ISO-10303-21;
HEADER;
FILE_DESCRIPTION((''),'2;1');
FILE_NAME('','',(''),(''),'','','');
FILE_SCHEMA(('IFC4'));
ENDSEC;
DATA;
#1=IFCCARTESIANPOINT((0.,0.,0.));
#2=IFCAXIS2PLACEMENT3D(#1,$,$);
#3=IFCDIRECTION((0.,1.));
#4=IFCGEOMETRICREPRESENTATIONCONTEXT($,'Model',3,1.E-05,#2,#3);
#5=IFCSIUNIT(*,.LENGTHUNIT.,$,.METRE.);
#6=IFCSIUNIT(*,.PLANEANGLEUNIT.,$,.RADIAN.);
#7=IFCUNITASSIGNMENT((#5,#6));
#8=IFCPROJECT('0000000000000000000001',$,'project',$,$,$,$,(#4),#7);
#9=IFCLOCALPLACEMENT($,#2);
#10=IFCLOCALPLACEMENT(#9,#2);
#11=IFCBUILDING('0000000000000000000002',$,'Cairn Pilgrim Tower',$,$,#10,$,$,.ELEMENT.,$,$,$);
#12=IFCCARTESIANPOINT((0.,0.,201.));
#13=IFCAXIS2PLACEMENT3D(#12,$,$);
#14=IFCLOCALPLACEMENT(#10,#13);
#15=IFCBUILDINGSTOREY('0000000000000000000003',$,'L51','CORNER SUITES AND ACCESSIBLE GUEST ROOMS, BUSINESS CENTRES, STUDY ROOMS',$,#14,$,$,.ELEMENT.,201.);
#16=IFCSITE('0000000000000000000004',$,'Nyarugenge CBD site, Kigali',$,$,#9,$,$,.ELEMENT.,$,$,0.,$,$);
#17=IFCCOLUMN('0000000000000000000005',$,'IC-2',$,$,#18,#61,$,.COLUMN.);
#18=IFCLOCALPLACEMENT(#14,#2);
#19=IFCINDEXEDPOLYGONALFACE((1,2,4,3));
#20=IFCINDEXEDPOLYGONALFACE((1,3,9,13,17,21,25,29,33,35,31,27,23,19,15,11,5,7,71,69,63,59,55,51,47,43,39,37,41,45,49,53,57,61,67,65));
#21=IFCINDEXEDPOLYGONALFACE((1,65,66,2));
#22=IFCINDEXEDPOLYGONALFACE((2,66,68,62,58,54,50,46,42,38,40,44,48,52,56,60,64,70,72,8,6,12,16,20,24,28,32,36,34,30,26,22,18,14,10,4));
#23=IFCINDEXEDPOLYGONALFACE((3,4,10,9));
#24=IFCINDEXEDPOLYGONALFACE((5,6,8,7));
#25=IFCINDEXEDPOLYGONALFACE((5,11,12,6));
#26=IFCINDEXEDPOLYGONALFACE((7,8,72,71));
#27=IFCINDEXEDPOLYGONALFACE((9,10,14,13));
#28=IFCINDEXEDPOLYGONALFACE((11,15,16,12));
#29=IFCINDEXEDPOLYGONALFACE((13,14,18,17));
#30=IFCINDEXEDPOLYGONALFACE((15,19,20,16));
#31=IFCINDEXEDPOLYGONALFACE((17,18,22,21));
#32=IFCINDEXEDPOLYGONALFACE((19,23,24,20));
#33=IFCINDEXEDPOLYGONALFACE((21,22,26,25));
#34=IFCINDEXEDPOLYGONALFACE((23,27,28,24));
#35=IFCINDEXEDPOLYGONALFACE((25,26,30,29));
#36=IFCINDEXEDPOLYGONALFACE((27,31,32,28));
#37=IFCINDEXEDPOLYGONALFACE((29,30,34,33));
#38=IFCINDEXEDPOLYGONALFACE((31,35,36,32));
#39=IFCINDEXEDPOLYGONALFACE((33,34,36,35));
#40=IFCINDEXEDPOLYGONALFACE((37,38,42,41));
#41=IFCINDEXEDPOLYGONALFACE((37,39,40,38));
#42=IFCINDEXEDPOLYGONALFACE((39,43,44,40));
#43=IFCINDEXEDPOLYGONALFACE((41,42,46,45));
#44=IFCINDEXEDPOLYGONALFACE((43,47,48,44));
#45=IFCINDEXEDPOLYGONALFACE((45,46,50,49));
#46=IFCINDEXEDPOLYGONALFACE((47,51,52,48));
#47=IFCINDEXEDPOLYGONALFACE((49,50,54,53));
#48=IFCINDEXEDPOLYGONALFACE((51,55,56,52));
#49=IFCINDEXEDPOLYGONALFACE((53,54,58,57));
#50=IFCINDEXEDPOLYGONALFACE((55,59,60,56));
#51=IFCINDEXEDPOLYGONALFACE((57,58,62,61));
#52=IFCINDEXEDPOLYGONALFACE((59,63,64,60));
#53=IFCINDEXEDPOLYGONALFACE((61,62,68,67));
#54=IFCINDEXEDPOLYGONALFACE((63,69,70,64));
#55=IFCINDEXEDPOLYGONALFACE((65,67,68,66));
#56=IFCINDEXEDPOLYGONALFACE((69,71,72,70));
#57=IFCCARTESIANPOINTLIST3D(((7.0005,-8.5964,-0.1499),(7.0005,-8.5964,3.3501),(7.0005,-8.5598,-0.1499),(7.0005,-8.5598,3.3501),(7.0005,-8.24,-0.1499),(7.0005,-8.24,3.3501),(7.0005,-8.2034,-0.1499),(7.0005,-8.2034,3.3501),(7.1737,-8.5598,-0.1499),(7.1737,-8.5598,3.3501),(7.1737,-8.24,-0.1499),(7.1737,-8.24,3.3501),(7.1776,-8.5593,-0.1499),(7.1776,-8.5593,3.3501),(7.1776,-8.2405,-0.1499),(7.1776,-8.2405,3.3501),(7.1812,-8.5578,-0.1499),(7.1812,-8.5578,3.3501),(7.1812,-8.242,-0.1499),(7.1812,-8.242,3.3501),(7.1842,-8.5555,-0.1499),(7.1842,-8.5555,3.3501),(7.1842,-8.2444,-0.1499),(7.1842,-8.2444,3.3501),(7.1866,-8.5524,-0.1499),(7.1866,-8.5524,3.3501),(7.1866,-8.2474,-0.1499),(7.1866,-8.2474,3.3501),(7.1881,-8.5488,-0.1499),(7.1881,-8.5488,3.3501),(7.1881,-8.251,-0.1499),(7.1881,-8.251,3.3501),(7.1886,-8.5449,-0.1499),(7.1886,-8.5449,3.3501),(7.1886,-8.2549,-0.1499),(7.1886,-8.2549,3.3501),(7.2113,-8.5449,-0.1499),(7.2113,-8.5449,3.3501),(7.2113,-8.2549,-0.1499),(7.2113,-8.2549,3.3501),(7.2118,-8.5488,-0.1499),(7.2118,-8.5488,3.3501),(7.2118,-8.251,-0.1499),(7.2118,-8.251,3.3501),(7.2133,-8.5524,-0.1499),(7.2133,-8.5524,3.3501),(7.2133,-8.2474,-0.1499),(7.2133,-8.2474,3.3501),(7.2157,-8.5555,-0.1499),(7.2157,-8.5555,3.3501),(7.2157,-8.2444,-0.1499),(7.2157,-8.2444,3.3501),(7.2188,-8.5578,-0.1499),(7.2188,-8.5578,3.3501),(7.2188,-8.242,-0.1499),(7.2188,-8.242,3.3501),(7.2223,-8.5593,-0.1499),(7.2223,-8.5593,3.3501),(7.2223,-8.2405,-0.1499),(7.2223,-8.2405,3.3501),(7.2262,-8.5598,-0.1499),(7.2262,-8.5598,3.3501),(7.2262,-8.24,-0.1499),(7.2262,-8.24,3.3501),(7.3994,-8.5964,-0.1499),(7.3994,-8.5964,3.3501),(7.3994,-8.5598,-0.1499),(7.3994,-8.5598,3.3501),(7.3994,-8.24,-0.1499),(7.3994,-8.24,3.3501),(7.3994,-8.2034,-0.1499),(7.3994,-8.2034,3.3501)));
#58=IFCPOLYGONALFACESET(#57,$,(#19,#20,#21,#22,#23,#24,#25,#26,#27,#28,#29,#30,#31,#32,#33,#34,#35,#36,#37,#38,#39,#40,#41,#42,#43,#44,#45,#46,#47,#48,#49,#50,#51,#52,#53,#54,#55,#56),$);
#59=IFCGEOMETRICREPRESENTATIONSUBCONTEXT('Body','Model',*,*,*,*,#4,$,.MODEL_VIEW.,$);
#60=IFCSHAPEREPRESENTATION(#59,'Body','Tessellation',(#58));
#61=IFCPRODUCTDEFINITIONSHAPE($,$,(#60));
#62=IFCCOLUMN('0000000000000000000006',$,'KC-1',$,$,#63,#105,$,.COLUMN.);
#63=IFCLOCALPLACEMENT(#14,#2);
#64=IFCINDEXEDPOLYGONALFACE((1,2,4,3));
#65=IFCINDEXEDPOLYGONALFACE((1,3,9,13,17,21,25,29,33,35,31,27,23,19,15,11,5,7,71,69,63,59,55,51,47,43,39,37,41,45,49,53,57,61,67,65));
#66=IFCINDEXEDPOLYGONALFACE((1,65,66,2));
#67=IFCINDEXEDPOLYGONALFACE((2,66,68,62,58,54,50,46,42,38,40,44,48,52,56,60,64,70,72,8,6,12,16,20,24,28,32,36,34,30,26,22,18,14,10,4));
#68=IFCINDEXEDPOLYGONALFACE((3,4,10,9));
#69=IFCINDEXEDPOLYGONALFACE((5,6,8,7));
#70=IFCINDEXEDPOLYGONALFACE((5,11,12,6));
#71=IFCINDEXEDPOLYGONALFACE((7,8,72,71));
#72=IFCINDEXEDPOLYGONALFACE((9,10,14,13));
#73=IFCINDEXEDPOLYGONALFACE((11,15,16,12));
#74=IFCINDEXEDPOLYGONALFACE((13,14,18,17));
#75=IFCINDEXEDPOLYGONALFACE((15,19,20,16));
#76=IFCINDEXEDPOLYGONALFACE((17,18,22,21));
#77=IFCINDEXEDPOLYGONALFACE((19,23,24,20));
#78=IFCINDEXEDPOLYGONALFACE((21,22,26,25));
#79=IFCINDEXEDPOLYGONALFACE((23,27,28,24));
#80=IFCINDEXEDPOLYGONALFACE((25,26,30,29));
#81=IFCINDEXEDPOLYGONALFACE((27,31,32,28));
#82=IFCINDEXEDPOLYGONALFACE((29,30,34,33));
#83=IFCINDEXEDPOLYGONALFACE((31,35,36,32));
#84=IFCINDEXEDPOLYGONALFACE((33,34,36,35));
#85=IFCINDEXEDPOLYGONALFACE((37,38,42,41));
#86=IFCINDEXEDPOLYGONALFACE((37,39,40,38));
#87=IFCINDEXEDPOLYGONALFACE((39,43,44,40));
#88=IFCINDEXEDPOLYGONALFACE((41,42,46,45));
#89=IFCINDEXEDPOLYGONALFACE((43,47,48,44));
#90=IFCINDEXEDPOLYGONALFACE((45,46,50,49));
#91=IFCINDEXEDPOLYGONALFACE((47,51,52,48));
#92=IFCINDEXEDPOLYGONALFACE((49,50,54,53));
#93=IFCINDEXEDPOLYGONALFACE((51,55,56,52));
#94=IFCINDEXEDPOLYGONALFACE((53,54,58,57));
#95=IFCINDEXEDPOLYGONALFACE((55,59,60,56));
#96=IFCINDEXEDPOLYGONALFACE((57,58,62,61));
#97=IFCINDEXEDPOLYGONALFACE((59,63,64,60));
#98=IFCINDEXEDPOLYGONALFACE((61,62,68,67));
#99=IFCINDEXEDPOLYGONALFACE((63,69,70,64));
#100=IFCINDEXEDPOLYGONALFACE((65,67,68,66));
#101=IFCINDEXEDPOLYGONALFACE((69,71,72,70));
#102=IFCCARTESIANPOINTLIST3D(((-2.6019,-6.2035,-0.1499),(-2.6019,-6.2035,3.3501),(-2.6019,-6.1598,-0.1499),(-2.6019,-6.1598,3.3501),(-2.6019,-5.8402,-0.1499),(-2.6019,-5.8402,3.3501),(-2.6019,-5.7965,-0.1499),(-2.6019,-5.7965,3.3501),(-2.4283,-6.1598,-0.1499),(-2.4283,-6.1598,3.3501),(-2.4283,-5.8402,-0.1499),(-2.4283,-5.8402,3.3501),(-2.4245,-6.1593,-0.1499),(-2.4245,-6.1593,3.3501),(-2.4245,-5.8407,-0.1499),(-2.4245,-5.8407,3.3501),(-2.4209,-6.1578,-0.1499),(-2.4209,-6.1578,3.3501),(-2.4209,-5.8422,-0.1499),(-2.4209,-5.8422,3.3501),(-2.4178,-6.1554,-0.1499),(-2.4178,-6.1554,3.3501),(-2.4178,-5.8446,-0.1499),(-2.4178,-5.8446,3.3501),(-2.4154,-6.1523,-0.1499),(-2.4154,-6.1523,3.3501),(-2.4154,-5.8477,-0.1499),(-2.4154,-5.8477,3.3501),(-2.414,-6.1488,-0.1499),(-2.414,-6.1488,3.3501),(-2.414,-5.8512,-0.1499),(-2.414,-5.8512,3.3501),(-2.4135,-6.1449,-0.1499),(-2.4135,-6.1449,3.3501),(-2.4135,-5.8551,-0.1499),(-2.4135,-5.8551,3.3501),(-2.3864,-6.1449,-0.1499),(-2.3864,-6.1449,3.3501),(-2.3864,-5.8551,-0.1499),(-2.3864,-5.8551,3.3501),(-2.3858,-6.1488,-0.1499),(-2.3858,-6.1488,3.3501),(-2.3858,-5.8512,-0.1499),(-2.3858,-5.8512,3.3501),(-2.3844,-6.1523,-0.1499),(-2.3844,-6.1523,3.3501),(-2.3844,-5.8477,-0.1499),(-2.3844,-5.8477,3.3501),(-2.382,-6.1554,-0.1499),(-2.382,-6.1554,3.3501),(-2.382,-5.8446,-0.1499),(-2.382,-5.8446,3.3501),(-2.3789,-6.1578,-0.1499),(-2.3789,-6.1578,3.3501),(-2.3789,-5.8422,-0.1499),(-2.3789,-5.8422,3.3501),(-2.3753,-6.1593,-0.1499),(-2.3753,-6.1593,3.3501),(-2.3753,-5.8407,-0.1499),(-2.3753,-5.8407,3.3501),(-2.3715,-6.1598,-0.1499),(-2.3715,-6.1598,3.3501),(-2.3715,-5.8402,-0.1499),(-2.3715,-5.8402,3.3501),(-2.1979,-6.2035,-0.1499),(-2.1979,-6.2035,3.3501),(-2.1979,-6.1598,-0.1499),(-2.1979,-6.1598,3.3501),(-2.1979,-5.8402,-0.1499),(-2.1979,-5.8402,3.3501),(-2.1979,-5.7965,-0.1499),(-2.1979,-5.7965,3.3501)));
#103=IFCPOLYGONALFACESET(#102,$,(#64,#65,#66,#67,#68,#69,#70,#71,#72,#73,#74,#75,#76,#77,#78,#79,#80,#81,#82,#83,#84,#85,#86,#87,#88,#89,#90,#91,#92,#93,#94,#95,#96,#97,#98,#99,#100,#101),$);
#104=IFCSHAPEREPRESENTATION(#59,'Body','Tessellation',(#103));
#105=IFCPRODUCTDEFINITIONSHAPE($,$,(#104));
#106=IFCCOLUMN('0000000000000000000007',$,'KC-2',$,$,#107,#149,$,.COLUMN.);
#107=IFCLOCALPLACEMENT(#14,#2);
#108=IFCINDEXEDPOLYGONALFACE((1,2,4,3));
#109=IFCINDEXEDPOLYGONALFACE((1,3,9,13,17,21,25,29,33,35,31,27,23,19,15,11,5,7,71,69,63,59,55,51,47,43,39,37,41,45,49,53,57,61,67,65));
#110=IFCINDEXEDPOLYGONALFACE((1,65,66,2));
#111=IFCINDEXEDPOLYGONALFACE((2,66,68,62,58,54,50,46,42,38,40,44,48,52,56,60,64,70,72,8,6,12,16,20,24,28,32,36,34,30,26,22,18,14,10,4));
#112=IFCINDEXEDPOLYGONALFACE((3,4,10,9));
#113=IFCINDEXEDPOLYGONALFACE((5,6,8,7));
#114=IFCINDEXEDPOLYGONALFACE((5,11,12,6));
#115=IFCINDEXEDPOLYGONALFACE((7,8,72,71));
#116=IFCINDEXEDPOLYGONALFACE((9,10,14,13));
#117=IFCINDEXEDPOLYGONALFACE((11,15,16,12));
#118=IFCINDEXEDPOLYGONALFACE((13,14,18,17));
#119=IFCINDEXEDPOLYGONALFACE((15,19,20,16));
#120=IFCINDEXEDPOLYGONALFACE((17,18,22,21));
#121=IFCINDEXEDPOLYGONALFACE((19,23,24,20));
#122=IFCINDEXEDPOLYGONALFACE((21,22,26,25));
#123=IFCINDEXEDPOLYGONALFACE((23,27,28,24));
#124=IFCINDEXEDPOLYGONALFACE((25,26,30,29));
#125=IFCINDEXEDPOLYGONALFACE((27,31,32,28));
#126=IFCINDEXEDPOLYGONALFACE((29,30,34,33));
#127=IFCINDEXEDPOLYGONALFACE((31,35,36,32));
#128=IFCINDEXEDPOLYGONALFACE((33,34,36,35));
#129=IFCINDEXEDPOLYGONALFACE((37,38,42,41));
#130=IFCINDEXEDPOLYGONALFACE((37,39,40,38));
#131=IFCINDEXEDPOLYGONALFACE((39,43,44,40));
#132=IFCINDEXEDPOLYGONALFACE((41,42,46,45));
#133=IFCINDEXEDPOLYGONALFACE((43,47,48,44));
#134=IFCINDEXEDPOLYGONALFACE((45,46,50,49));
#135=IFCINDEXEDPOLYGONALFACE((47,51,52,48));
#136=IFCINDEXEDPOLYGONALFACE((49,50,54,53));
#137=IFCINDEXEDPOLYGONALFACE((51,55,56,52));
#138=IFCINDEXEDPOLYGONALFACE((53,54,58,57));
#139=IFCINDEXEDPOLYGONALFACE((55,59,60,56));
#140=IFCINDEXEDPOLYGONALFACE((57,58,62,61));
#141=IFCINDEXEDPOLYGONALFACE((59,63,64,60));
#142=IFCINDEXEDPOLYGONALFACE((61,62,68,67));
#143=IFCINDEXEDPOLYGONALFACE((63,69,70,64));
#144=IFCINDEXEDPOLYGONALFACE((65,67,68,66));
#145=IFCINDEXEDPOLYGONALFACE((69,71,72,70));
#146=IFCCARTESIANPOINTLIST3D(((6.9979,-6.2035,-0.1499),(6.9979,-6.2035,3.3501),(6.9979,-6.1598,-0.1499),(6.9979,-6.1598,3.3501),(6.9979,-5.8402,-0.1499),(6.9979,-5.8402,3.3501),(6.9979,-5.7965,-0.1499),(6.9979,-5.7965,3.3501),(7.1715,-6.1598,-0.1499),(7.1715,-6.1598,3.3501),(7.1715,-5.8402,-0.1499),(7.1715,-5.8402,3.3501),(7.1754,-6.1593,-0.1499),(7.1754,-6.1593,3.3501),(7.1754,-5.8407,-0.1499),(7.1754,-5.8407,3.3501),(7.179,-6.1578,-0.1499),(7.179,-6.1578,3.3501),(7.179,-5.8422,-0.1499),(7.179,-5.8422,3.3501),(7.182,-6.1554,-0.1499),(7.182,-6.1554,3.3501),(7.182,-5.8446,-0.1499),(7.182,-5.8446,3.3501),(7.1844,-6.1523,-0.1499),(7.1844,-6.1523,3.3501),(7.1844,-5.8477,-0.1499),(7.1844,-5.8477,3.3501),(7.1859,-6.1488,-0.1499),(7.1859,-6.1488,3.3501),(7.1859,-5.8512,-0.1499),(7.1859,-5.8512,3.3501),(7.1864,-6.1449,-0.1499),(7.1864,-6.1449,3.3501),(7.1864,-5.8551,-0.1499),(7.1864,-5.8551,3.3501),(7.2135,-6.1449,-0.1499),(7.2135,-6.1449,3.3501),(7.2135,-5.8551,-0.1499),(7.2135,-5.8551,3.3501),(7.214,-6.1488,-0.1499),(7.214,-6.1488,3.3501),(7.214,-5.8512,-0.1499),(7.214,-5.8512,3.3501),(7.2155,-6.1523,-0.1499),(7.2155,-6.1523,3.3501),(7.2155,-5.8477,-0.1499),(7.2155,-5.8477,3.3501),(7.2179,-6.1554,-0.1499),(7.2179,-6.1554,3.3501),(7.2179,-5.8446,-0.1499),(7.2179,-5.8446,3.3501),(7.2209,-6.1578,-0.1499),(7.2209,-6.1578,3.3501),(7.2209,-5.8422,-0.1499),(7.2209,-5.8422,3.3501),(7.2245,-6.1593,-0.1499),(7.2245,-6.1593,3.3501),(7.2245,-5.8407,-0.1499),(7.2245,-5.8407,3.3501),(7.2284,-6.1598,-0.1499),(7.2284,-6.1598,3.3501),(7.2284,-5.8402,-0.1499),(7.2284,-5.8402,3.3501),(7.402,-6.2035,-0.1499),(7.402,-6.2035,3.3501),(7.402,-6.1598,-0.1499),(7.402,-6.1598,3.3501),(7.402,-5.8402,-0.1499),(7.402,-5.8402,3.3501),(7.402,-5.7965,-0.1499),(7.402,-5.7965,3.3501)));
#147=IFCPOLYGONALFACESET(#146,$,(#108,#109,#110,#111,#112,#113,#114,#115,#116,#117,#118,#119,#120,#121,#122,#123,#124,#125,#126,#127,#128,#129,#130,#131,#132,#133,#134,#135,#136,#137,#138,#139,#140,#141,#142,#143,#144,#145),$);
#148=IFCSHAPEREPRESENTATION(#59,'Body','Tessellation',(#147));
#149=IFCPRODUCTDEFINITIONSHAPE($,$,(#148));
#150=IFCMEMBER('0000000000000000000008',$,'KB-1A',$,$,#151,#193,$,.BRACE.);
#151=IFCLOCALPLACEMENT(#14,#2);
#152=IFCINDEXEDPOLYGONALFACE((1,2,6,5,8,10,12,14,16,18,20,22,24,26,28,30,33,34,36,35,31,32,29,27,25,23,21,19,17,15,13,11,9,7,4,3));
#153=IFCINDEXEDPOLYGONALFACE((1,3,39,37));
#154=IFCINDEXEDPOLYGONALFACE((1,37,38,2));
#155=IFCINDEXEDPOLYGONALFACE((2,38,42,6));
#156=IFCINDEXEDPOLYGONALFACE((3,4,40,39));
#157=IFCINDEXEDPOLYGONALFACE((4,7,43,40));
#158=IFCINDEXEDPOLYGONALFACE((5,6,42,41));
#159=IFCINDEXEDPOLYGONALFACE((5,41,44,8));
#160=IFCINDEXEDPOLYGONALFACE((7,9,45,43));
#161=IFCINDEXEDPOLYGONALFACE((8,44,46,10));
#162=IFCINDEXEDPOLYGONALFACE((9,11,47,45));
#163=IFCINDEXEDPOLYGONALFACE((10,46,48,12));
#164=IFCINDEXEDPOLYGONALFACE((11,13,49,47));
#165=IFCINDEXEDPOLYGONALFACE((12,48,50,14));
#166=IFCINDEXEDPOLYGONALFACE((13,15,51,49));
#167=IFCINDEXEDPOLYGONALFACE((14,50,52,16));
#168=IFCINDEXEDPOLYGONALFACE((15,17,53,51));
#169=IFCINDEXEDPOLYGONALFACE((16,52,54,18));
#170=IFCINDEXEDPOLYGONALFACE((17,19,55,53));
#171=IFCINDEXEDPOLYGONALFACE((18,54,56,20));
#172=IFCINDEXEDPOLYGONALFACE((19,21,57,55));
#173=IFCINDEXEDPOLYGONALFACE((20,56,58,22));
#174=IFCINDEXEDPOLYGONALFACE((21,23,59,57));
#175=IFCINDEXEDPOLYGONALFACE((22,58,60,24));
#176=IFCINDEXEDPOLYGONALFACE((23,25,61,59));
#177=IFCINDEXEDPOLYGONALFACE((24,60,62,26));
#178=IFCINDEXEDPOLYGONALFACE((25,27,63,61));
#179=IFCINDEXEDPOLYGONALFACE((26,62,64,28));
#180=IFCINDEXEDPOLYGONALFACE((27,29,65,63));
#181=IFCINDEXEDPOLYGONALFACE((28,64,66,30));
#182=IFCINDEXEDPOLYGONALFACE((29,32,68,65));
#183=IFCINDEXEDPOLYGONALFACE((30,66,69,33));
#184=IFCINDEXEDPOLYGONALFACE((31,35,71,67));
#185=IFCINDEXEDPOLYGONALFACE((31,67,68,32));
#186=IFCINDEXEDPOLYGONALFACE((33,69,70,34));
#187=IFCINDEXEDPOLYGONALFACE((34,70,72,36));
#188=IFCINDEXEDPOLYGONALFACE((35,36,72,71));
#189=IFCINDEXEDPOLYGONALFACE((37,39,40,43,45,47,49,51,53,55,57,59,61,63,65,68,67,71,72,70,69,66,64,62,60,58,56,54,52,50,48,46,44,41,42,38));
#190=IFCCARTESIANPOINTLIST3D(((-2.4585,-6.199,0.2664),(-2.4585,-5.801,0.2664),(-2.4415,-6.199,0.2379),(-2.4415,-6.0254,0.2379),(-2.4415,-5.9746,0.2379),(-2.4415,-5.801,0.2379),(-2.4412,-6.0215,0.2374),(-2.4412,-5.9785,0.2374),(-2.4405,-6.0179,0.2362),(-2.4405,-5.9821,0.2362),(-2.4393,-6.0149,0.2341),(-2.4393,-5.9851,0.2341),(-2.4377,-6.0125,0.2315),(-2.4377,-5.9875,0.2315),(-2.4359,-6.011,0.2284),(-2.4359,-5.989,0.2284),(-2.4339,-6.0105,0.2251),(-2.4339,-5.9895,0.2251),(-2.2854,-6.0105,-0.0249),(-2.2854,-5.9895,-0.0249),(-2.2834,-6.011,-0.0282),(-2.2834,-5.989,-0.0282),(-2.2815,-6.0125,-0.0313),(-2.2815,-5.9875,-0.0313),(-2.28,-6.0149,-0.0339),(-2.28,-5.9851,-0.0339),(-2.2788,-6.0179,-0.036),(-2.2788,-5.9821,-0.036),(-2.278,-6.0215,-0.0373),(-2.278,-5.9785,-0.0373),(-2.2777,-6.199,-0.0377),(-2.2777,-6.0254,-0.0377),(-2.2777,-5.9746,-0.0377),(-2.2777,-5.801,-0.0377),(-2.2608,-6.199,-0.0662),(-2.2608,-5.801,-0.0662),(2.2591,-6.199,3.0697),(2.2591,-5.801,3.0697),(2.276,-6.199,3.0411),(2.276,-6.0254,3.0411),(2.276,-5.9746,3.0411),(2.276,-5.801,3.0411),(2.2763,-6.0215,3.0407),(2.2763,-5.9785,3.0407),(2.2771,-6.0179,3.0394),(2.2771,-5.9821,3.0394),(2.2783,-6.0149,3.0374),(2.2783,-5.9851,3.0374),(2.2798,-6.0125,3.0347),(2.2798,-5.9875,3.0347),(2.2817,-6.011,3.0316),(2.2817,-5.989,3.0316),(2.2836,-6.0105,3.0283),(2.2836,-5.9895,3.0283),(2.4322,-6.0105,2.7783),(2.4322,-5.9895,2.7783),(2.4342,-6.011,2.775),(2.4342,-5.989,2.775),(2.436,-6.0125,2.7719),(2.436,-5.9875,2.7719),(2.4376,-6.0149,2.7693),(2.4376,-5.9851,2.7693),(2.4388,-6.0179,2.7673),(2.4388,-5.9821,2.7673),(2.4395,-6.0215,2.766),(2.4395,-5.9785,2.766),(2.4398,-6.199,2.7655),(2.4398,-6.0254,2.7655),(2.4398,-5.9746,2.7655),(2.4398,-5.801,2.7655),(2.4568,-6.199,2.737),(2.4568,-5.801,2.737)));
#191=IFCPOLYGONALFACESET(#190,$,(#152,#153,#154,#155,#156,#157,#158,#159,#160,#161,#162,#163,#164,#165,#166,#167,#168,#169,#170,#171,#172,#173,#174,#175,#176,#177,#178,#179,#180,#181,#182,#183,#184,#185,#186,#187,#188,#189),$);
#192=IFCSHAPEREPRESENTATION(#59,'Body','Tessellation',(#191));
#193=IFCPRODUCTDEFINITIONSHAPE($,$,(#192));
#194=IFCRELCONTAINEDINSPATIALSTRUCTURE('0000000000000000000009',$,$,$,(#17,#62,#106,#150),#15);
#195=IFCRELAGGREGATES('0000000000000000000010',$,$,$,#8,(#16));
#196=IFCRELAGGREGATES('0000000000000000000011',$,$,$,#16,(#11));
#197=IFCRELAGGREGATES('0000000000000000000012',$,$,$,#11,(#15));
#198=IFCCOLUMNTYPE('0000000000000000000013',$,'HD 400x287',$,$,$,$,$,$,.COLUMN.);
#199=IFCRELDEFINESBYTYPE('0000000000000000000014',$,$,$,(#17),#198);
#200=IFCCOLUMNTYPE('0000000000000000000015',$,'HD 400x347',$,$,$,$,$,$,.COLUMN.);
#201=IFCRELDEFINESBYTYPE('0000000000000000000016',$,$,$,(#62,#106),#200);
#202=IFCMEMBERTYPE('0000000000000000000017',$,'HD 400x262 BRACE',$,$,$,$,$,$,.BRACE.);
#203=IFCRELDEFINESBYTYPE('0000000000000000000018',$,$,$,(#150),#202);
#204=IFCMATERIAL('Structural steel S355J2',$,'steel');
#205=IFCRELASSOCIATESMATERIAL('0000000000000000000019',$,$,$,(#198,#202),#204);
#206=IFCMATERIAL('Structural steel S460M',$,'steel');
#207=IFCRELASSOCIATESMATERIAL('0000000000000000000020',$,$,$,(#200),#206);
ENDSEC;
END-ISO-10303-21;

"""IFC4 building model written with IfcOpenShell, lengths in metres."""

from ifc_helpers import new_model, si_unit, direction, frame, origin, origin_2d, place, context, subcontext, project, spatial, i_section, extrude, material, material_profile, profile_set, type_object, element, save


model = new_model("IFC4")

# Units and contexts
model_context = context("Model", 3, precision=1e-05, world=origin(), true_north=direction((0.0, 1.0)))
body_context = subcontext(model_context, "Body", "Model", "MODEL_VIEW")
ifc_project = project(units=[si_unit("LENGTHUNIT", "METRE"), si_unit("PLANEANGLEUNIT", "RADIAN")], contexts=[model_context])

# Site, building, storey
site_placement = place(None, origin())
site = spatial("IfcSite", under=ifc_project, at=site_placement, Name="Nyarugenge CBD site, Kigali", CompositionType="ELEMENT", RefElevation=0.0)
building_placement = place(site_placement, origin())
building = spatial("IfcBuilding", under=site, at=building_placement, Name="Cairn Pilgrim Tower", CompositionType="ELEMENT")
storey_placement = place(building_placement, frame((0.0, 0.0, 201.0)))
storey = spatial("IfcBuildingStorey", under=building, at=storey_placement, Name="L51", Description="CORNER SUITES AND ACCESSIBLE GUEST ROOMS, BUSINESS CENTRES, STUDY ROOMS", CompositionType="ELEMENT", Elevation=201.0)

# Columns
ifc_material_1 = material(Name="Structural steel S355J2", Category="steel")
ifc_material_profile_1 = material_profile(ifc_material_1, i_section(OverallWidth=0.3989, OverallDepth=0.3931, WebThickness=0.0227, FlangeThickness=0.0366, FilletRadius=0.0149, at=origin_2d()), Name="HD 400x287")
ifc_profile_set_1 = profile_set([ifc_material_profile_1], Name="Structural steel S355J2")
column_type_1 = type_object("IfcColumnType", Name="HD 400x287", PredefinedType="COLUMN", material=ifc_profile_set_1)
column_placement = place(storey_placement, frame((7.2, -8.3999, -0.1499), z_axis=(0.0, 0.0, 1.0), x_axis=(1.0, 0.0, 0.0)))
element("IfcColumn", 1, at=column_placement, inside=storey, type_object=column_type_1, Name="IC-2", PredefinedType="COLUMN", context=body_context, shape_type="SweptSolid", body=[
    extrude(i_section(OverallWidth=0.3989, OverallDepth=0.3931, WebThickness=0.0227, FlangeThickness=0.0366, FilletRadius=0.0149, at=origin_2d()), origin(), (0.0, 0.0, 1.0), 3.5),
])
ifc_material_2 = material(Name="Structural steel S460M", Category="steel")
ifc_material_profile_2 = material_profile(ifc_material_2, i_section(OverallWidth=0.4041, OverallDepth=0.407, WebThickness=0.0271, FlangeThickness=0.0437, FilletRadius=0.0149, at=origin_2d()), Name="HD 400x347")
ifc_profile_set_2 = profile_set([ifc_material_profile_2], Name="Structural steel S460M")
column_type_2 = type_object("IfcColumnType", Name="HD 400x347", PredefinedType="COLUMN", material=ifc_profile_set_2)
for number, where, z_axis, x_axis, name in (
    (2, (-2.3999, -6.0, -0.1499), (0.0, 0.0, 1.0), (1.0, 0.0, 0.0), "KC-1"),
    (3, (7.2, -6.0, -0.1499), (0.0, 0.0, 1.0), (1.0, 0.0, 0.0), "KC-2"),
):
    element("IfcColumn", number, at=place(storey_placement, frame(where, z_axis=z_axis, x_axis=x_axis)), inside=storey, type_object=column_type_2, Name=name, PredefinedType="COLUMN", context=body_context, shape_type="SweptSolid", body=[
        extrude(i_section(OverallWidth=0.4041, OverallDepth=0.407, WebThickness=0.0271, FlangeThickness=0.0437, FilletRadius=0.0149, at=origin_2d()), origin(), (0.0, 0.0, 1.0), 3.5),
    ])

# Member
ifc_material_profile_3 = material_profile(ifc_material_1, i_section(OverallWidth=0.3979, OverallDepth=0.387, WebThickness=0.021, FlangeThickness=0.0332, FilletRadius=0.0149, at=origin_2d()), Name="HD 400x262")
ifc_profile_set_3 = profile_set([ifc_material_profile_3], Name="Structural steel S355J2")
member_type = type_object("IfcMemberType", Name="HD 400x262 BRACE", PredefinedType="BRACE", material=ifc_profile_set_3)
for number, where, z_axis, x_axis, name in (
    (4, (-2.3596, -6.0, 0.1001), (0.85968, 0.0, 0.510834), (0.0, 1.0, 0.0), "KB-1A"),
):
    element("IfcMember", number, at=place(storey_placement, frame(where, z_axis=z_axis, x_axis=x_axis)), inside=storey, type_object=member_type, Name=name, PredefinedType="BRACE", context=body_context, shape_type="SweptSolid", body=[
        extrude(i_section(OverallWidth=0.3979, OverallDepth=0.387, WebThickness=0.021, FlangeThickness=0.0332, FilletRadius=0.0149, at=origin_2d()), origin(), (0.0, 0.0, 1.0), 5.4875),
    ])

save(model, "model.ifc")
